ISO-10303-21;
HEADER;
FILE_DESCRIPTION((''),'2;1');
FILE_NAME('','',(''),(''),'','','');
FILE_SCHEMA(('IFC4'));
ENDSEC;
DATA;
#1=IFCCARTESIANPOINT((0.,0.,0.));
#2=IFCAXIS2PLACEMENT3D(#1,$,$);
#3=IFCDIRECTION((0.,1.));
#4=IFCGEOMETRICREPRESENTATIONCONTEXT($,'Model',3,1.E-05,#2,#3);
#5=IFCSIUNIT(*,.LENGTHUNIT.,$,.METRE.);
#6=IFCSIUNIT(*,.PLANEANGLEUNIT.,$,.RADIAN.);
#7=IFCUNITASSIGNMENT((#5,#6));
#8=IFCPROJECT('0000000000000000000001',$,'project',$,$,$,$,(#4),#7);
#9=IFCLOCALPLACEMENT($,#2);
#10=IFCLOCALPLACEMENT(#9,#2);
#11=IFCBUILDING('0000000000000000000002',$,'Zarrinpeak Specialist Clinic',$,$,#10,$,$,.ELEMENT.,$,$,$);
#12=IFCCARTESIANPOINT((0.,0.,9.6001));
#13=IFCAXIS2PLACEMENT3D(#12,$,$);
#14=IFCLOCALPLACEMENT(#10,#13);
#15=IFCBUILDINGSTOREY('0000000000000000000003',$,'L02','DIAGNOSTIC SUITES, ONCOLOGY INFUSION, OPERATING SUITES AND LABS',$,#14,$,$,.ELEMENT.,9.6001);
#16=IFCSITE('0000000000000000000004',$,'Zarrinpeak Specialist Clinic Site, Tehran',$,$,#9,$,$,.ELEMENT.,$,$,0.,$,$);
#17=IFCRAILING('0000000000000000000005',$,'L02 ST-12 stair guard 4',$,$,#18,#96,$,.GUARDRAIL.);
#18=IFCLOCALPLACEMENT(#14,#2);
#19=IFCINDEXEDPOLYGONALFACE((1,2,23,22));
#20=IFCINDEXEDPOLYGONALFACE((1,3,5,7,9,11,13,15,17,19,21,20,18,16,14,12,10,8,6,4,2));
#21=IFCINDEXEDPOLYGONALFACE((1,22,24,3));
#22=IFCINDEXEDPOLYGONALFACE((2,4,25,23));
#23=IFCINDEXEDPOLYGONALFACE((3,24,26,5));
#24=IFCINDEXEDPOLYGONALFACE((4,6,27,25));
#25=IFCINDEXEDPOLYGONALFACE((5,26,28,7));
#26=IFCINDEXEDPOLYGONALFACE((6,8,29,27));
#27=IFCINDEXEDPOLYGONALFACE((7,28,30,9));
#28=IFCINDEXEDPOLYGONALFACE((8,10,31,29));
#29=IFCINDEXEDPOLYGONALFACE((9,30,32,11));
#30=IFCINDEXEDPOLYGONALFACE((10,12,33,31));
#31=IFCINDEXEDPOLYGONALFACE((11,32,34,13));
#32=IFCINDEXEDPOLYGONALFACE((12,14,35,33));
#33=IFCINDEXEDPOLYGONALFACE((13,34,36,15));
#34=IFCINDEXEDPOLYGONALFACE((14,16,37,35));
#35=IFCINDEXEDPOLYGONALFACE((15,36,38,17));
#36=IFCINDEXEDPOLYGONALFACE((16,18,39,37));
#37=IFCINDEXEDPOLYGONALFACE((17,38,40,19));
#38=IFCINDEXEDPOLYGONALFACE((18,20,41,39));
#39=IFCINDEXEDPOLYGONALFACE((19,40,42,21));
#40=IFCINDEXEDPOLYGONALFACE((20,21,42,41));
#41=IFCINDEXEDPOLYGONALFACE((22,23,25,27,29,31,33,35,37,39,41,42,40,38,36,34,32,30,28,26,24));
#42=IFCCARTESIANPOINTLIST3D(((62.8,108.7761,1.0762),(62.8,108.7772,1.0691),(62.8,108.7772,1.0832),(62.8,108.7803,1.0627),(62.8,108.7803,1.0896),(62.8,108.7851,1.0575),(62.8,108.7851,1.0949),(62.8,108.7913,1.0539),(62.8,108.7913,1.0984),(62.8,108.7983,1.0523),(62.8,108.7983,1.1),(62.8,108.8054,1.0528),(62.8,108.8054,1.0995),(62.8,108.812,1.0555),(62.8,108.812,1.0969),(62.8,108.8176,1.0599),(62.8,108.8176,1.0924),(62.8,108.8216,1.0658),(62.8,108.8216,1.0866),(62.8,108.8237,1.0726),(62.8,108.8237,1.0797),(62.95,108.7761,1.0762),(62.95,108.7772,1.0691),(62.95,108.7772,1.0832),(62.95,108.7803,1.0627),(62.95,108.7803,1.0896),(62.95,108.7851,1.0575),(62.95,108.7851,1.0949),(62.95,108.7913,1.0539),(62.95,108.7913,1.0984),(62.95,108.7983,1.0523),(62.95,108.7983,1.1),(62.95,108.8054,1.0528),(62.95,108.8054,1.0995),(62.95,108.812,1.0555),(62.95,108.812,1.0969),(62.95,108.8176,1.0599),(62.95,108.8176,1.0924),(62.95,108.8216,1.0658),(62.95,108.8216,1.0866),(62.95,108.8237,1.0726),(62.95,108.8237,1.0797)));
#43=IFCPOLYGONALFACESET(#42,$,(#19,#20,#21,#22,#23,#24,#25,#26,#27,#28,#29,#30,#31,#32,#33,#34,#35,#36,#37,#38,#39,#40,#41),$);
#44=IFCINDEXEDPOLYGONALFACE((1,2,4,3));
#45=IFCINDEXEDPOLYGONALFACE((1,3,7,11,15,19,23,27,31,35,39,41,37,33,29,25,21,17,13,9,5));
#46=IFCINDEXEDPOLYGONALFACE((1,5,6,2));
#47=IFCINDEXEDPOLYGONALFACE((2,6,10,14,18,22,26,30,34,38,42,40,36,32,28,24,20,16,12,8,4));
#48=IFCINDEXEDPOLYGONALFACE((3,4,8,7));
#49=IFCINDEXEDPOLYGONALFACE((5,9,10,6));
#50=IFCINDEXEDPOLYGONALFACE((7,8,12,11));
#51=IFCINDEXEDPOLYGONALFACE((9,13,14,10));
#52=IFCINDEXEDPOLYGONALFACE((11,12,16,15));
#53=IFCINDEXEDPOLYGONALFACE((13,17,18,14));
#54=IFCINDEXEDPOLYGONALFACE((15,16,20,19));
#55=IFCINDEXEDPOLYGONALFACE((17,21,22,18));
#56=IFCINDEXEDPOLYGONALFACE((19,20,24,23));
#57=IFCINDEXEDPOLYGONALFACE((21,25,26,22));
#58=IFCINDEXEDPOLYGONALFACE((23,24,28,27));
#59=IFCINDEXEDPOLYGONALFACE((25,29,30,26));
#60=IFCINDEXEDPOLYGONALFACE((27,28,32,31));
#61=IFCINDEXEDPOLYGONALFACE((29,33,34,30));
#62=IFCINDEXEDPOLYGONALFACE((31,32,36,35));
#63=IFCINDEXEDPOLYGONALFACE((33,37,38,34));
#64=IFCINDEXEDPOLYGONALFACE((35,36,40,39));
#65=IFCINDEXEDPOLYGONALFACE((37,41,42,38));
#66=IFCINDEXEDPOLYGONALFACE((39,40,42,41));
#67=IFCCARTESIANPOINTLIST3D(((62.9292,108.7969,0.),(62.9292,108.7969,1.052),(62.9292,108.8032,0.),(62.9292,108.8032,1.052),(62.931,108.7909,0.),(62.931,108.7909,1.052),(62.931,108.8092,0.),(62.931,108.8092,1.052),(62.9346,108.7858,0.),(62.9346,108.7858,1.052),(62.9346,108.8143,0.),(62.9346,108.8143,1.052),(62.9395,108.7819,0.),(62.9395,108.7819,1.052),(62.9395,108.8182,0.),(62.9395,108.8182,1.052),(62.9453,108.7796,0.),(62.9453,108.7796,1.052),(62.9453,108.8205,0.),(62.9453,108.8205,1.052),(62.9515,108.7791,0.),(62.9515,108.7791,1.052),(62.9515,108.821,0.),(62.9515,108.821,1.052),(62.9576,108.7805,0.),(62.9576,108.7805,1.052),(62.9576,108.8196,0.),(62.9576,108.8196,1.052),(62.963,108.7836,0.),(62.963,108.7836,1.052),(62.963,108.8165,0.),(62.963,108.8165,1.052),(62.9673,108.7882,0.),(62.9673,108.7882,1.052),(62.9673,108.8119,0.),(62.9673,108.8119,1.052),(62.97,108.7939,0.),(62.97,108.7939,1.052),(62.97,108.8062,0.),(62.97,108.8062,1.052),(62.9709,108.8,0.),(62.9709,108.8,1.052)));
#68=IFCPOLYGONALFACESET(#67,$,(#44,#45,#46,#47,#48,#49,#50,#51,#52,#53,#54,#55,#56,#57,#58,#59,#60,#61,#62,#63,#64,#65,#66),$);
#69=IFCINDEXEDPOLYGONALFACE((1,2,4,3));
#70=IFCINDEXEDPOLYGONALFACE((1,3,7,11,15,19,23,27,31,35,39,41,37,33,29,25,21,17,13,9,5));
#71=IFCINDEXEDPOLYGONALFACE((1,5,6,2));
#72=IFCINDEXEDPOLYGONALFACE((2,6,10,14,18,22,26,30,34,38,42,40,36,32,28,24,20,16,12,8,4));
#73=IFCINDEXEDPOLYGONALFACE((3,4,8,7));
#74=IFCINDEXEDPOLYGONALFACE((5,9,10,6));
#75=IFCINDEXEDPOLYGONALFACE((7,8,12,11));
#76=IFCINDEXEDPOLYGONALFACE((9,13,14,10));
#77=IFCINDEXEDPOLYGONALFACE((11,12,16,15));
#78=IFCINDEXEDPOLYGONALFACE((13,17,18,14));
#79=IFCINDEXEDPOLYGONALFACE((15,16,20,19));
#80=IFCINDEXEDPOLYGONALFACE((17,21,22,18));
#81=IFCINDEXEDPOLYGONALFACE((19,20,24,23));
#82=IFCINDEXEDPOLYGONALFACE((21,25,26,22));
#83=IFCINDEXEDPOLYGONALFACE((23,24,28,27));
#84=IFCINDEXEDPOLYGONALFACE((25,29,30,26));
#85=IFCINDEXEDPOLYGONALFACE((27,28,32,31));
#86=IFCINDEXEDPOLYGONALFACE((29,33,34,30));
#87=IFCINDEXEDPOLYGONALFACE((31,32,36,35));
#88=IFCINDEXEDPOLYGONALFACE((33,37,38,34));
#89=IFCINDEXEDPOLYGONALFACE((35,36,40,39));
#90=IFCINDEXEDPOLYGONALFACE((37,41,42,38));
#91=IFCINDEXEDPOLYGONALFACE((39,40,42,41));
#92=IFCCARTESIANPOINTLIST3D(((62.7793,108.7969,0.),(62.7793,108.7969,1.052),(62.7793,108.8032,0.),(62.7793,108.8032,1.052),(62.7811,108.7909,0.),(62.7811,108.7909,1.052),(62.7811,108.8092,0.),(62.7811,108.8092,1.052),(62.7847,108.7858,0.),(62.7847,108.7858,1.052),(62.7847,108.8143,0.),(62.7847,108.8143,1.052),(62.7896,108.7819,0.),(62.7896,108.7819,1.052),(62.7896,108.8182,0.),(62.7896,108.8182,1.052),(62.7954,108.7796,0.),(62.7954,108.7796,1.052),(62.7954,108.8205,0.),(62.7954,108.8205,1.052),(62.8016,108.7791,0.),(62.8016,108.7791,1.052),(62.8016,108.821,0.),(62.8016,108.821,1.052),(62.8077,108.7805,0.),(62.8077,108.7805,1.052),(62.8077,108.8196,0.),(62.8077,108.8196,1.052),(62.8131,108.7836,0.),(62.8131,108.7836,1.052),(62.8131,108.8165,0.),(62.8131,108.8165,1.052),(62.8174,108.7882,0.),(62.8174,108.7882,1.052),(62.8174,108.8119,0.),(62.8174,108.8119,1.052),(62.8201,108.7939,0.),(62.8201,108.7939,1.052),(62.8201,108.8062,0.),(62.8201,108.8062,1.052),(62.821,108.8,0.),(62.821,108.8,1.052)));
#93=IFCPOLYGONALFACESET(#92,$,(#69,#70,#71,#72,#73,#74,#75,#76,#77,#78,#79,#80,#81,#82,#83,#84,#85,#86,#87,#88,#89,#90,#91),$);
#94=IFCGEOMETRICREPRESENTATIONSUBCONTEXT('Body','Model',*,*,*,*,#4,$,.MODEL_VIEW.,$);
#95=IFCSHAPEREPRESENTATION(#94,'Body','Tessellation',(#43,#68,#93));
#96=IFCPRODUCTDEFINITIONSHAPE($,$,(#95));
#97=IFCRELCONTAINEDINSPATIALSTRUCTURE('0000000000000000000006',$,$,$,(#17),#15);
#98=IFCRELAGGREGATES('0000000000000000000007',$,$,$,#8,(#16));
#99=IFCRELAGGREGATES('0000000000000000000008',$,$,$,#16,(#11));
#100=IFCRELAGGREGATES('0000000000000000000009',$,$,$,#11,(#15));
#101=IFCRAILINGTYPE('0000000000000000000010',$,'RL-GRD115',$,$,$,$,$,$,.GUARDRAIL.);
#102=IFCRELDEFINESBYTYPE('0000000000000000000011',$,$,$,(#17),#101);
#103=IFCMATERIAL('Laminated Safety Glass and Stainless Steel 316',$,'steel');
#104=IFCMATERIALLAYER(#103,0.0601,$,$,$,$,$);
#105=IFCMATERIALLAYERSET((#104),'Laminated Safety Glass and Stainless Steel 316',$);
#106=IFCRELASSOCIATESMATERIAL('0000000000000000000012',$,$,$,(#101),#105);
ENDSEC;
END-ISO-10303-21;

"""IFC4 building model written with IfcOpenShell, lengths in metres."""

from ifc_helpers import new_model, si_unit, direction, frame, origin, origin_2d, place, context, subcontext, project, spatial, circle, extrude, material, layer, layer_set, type_object, element, save


model = new_model("IFC4")

# Units and contexts
model_context = context("Model", 3, precision=1e-05, world=origin(), true_north=direction((0.0, 1.0)))
body_context = subcontext(model_context, "Body", "Model", "MODEL_VIEW")
ifc_project = project(units=[si_unit("LENGTHUNIT", "METRE"), si_unit("PLANEANGLEUNIT", "RADIAN")], contexts=[model_context])

# Site, building, storey
site_placement = place(None, origin())
site = spatial("IfcSite", under=ifc_project, at=site_placement, Name="Zarrinpeak Specialist Clinic Site, Tehran", CompositionType="ELEMENT", RefElevation=0.0)
building_placement = place(site_placement, origin())
building = spatial("IfcBuilding", under=site, at=building_placement, Name="Zarrinpeak Specialist Clinic", CompositionType="ELEMENT")
storey_placement = place(building_placement, frame((0.0, 0.0, 9.6001)))
storey = spatial("IfcBuildingStorey", under=building, at=storey_placement, Name="L02", Description="DIAGNOSTIC SUITES, ONCOLOGY INFUSION, OPERATING SUITES AND LABS", CompositionType="ELEMENT", Elevation=9.6001)

# Railing
ifc_material_1 = material(Name="Laminated Safety Glass and Stainless Steel 316", Category="steel")
ifc_layer_1 = layer(ifc_material_1, 0.0601)
ifc_layer_set_1 = layer_set([ifc_layer_1], Name="Laminated Safety Glass and Stainless Steel 316")
railing_type_1 = type_object("IfcRailingType", Name="RL-GRD115", PredefinedType="GUARDRAIL", material=ifc_layer_set_1)
railing_1_placement = place(storey_placement, frame((62.95, 108.8, 0.0)))
element("IfcRailing", 1, at=railing_1_placement, inside=storey, type_object=railing_type_1, Name="L02 ST-12 stair guard 4", PredefinedType="GUARDRAIL", context=body_context, shape_type="SweptSolid", body=[
    extrude(circle(Radius=0.0239, at=origin_2d()), frame((0.0, 0.0, 1.0762), z_axis=(-1.0, 0.0, 0.0), x_axis=(0.0, -1.0, 0.0)), (0.0, 0.0, 1.0), 0.1499),
    extrude(circle(Radius=0.021, at=origin_2d()), origin(), (0.0, 0.0, 1.0), 1.052),
    extrude(circle(Radius=0.021, at=origin_2d()), frame((-0.1499, 0.0, 0.0)), (0.0, 0.0, 1.0), 1.052),
])

save(model, "model.ifc")
